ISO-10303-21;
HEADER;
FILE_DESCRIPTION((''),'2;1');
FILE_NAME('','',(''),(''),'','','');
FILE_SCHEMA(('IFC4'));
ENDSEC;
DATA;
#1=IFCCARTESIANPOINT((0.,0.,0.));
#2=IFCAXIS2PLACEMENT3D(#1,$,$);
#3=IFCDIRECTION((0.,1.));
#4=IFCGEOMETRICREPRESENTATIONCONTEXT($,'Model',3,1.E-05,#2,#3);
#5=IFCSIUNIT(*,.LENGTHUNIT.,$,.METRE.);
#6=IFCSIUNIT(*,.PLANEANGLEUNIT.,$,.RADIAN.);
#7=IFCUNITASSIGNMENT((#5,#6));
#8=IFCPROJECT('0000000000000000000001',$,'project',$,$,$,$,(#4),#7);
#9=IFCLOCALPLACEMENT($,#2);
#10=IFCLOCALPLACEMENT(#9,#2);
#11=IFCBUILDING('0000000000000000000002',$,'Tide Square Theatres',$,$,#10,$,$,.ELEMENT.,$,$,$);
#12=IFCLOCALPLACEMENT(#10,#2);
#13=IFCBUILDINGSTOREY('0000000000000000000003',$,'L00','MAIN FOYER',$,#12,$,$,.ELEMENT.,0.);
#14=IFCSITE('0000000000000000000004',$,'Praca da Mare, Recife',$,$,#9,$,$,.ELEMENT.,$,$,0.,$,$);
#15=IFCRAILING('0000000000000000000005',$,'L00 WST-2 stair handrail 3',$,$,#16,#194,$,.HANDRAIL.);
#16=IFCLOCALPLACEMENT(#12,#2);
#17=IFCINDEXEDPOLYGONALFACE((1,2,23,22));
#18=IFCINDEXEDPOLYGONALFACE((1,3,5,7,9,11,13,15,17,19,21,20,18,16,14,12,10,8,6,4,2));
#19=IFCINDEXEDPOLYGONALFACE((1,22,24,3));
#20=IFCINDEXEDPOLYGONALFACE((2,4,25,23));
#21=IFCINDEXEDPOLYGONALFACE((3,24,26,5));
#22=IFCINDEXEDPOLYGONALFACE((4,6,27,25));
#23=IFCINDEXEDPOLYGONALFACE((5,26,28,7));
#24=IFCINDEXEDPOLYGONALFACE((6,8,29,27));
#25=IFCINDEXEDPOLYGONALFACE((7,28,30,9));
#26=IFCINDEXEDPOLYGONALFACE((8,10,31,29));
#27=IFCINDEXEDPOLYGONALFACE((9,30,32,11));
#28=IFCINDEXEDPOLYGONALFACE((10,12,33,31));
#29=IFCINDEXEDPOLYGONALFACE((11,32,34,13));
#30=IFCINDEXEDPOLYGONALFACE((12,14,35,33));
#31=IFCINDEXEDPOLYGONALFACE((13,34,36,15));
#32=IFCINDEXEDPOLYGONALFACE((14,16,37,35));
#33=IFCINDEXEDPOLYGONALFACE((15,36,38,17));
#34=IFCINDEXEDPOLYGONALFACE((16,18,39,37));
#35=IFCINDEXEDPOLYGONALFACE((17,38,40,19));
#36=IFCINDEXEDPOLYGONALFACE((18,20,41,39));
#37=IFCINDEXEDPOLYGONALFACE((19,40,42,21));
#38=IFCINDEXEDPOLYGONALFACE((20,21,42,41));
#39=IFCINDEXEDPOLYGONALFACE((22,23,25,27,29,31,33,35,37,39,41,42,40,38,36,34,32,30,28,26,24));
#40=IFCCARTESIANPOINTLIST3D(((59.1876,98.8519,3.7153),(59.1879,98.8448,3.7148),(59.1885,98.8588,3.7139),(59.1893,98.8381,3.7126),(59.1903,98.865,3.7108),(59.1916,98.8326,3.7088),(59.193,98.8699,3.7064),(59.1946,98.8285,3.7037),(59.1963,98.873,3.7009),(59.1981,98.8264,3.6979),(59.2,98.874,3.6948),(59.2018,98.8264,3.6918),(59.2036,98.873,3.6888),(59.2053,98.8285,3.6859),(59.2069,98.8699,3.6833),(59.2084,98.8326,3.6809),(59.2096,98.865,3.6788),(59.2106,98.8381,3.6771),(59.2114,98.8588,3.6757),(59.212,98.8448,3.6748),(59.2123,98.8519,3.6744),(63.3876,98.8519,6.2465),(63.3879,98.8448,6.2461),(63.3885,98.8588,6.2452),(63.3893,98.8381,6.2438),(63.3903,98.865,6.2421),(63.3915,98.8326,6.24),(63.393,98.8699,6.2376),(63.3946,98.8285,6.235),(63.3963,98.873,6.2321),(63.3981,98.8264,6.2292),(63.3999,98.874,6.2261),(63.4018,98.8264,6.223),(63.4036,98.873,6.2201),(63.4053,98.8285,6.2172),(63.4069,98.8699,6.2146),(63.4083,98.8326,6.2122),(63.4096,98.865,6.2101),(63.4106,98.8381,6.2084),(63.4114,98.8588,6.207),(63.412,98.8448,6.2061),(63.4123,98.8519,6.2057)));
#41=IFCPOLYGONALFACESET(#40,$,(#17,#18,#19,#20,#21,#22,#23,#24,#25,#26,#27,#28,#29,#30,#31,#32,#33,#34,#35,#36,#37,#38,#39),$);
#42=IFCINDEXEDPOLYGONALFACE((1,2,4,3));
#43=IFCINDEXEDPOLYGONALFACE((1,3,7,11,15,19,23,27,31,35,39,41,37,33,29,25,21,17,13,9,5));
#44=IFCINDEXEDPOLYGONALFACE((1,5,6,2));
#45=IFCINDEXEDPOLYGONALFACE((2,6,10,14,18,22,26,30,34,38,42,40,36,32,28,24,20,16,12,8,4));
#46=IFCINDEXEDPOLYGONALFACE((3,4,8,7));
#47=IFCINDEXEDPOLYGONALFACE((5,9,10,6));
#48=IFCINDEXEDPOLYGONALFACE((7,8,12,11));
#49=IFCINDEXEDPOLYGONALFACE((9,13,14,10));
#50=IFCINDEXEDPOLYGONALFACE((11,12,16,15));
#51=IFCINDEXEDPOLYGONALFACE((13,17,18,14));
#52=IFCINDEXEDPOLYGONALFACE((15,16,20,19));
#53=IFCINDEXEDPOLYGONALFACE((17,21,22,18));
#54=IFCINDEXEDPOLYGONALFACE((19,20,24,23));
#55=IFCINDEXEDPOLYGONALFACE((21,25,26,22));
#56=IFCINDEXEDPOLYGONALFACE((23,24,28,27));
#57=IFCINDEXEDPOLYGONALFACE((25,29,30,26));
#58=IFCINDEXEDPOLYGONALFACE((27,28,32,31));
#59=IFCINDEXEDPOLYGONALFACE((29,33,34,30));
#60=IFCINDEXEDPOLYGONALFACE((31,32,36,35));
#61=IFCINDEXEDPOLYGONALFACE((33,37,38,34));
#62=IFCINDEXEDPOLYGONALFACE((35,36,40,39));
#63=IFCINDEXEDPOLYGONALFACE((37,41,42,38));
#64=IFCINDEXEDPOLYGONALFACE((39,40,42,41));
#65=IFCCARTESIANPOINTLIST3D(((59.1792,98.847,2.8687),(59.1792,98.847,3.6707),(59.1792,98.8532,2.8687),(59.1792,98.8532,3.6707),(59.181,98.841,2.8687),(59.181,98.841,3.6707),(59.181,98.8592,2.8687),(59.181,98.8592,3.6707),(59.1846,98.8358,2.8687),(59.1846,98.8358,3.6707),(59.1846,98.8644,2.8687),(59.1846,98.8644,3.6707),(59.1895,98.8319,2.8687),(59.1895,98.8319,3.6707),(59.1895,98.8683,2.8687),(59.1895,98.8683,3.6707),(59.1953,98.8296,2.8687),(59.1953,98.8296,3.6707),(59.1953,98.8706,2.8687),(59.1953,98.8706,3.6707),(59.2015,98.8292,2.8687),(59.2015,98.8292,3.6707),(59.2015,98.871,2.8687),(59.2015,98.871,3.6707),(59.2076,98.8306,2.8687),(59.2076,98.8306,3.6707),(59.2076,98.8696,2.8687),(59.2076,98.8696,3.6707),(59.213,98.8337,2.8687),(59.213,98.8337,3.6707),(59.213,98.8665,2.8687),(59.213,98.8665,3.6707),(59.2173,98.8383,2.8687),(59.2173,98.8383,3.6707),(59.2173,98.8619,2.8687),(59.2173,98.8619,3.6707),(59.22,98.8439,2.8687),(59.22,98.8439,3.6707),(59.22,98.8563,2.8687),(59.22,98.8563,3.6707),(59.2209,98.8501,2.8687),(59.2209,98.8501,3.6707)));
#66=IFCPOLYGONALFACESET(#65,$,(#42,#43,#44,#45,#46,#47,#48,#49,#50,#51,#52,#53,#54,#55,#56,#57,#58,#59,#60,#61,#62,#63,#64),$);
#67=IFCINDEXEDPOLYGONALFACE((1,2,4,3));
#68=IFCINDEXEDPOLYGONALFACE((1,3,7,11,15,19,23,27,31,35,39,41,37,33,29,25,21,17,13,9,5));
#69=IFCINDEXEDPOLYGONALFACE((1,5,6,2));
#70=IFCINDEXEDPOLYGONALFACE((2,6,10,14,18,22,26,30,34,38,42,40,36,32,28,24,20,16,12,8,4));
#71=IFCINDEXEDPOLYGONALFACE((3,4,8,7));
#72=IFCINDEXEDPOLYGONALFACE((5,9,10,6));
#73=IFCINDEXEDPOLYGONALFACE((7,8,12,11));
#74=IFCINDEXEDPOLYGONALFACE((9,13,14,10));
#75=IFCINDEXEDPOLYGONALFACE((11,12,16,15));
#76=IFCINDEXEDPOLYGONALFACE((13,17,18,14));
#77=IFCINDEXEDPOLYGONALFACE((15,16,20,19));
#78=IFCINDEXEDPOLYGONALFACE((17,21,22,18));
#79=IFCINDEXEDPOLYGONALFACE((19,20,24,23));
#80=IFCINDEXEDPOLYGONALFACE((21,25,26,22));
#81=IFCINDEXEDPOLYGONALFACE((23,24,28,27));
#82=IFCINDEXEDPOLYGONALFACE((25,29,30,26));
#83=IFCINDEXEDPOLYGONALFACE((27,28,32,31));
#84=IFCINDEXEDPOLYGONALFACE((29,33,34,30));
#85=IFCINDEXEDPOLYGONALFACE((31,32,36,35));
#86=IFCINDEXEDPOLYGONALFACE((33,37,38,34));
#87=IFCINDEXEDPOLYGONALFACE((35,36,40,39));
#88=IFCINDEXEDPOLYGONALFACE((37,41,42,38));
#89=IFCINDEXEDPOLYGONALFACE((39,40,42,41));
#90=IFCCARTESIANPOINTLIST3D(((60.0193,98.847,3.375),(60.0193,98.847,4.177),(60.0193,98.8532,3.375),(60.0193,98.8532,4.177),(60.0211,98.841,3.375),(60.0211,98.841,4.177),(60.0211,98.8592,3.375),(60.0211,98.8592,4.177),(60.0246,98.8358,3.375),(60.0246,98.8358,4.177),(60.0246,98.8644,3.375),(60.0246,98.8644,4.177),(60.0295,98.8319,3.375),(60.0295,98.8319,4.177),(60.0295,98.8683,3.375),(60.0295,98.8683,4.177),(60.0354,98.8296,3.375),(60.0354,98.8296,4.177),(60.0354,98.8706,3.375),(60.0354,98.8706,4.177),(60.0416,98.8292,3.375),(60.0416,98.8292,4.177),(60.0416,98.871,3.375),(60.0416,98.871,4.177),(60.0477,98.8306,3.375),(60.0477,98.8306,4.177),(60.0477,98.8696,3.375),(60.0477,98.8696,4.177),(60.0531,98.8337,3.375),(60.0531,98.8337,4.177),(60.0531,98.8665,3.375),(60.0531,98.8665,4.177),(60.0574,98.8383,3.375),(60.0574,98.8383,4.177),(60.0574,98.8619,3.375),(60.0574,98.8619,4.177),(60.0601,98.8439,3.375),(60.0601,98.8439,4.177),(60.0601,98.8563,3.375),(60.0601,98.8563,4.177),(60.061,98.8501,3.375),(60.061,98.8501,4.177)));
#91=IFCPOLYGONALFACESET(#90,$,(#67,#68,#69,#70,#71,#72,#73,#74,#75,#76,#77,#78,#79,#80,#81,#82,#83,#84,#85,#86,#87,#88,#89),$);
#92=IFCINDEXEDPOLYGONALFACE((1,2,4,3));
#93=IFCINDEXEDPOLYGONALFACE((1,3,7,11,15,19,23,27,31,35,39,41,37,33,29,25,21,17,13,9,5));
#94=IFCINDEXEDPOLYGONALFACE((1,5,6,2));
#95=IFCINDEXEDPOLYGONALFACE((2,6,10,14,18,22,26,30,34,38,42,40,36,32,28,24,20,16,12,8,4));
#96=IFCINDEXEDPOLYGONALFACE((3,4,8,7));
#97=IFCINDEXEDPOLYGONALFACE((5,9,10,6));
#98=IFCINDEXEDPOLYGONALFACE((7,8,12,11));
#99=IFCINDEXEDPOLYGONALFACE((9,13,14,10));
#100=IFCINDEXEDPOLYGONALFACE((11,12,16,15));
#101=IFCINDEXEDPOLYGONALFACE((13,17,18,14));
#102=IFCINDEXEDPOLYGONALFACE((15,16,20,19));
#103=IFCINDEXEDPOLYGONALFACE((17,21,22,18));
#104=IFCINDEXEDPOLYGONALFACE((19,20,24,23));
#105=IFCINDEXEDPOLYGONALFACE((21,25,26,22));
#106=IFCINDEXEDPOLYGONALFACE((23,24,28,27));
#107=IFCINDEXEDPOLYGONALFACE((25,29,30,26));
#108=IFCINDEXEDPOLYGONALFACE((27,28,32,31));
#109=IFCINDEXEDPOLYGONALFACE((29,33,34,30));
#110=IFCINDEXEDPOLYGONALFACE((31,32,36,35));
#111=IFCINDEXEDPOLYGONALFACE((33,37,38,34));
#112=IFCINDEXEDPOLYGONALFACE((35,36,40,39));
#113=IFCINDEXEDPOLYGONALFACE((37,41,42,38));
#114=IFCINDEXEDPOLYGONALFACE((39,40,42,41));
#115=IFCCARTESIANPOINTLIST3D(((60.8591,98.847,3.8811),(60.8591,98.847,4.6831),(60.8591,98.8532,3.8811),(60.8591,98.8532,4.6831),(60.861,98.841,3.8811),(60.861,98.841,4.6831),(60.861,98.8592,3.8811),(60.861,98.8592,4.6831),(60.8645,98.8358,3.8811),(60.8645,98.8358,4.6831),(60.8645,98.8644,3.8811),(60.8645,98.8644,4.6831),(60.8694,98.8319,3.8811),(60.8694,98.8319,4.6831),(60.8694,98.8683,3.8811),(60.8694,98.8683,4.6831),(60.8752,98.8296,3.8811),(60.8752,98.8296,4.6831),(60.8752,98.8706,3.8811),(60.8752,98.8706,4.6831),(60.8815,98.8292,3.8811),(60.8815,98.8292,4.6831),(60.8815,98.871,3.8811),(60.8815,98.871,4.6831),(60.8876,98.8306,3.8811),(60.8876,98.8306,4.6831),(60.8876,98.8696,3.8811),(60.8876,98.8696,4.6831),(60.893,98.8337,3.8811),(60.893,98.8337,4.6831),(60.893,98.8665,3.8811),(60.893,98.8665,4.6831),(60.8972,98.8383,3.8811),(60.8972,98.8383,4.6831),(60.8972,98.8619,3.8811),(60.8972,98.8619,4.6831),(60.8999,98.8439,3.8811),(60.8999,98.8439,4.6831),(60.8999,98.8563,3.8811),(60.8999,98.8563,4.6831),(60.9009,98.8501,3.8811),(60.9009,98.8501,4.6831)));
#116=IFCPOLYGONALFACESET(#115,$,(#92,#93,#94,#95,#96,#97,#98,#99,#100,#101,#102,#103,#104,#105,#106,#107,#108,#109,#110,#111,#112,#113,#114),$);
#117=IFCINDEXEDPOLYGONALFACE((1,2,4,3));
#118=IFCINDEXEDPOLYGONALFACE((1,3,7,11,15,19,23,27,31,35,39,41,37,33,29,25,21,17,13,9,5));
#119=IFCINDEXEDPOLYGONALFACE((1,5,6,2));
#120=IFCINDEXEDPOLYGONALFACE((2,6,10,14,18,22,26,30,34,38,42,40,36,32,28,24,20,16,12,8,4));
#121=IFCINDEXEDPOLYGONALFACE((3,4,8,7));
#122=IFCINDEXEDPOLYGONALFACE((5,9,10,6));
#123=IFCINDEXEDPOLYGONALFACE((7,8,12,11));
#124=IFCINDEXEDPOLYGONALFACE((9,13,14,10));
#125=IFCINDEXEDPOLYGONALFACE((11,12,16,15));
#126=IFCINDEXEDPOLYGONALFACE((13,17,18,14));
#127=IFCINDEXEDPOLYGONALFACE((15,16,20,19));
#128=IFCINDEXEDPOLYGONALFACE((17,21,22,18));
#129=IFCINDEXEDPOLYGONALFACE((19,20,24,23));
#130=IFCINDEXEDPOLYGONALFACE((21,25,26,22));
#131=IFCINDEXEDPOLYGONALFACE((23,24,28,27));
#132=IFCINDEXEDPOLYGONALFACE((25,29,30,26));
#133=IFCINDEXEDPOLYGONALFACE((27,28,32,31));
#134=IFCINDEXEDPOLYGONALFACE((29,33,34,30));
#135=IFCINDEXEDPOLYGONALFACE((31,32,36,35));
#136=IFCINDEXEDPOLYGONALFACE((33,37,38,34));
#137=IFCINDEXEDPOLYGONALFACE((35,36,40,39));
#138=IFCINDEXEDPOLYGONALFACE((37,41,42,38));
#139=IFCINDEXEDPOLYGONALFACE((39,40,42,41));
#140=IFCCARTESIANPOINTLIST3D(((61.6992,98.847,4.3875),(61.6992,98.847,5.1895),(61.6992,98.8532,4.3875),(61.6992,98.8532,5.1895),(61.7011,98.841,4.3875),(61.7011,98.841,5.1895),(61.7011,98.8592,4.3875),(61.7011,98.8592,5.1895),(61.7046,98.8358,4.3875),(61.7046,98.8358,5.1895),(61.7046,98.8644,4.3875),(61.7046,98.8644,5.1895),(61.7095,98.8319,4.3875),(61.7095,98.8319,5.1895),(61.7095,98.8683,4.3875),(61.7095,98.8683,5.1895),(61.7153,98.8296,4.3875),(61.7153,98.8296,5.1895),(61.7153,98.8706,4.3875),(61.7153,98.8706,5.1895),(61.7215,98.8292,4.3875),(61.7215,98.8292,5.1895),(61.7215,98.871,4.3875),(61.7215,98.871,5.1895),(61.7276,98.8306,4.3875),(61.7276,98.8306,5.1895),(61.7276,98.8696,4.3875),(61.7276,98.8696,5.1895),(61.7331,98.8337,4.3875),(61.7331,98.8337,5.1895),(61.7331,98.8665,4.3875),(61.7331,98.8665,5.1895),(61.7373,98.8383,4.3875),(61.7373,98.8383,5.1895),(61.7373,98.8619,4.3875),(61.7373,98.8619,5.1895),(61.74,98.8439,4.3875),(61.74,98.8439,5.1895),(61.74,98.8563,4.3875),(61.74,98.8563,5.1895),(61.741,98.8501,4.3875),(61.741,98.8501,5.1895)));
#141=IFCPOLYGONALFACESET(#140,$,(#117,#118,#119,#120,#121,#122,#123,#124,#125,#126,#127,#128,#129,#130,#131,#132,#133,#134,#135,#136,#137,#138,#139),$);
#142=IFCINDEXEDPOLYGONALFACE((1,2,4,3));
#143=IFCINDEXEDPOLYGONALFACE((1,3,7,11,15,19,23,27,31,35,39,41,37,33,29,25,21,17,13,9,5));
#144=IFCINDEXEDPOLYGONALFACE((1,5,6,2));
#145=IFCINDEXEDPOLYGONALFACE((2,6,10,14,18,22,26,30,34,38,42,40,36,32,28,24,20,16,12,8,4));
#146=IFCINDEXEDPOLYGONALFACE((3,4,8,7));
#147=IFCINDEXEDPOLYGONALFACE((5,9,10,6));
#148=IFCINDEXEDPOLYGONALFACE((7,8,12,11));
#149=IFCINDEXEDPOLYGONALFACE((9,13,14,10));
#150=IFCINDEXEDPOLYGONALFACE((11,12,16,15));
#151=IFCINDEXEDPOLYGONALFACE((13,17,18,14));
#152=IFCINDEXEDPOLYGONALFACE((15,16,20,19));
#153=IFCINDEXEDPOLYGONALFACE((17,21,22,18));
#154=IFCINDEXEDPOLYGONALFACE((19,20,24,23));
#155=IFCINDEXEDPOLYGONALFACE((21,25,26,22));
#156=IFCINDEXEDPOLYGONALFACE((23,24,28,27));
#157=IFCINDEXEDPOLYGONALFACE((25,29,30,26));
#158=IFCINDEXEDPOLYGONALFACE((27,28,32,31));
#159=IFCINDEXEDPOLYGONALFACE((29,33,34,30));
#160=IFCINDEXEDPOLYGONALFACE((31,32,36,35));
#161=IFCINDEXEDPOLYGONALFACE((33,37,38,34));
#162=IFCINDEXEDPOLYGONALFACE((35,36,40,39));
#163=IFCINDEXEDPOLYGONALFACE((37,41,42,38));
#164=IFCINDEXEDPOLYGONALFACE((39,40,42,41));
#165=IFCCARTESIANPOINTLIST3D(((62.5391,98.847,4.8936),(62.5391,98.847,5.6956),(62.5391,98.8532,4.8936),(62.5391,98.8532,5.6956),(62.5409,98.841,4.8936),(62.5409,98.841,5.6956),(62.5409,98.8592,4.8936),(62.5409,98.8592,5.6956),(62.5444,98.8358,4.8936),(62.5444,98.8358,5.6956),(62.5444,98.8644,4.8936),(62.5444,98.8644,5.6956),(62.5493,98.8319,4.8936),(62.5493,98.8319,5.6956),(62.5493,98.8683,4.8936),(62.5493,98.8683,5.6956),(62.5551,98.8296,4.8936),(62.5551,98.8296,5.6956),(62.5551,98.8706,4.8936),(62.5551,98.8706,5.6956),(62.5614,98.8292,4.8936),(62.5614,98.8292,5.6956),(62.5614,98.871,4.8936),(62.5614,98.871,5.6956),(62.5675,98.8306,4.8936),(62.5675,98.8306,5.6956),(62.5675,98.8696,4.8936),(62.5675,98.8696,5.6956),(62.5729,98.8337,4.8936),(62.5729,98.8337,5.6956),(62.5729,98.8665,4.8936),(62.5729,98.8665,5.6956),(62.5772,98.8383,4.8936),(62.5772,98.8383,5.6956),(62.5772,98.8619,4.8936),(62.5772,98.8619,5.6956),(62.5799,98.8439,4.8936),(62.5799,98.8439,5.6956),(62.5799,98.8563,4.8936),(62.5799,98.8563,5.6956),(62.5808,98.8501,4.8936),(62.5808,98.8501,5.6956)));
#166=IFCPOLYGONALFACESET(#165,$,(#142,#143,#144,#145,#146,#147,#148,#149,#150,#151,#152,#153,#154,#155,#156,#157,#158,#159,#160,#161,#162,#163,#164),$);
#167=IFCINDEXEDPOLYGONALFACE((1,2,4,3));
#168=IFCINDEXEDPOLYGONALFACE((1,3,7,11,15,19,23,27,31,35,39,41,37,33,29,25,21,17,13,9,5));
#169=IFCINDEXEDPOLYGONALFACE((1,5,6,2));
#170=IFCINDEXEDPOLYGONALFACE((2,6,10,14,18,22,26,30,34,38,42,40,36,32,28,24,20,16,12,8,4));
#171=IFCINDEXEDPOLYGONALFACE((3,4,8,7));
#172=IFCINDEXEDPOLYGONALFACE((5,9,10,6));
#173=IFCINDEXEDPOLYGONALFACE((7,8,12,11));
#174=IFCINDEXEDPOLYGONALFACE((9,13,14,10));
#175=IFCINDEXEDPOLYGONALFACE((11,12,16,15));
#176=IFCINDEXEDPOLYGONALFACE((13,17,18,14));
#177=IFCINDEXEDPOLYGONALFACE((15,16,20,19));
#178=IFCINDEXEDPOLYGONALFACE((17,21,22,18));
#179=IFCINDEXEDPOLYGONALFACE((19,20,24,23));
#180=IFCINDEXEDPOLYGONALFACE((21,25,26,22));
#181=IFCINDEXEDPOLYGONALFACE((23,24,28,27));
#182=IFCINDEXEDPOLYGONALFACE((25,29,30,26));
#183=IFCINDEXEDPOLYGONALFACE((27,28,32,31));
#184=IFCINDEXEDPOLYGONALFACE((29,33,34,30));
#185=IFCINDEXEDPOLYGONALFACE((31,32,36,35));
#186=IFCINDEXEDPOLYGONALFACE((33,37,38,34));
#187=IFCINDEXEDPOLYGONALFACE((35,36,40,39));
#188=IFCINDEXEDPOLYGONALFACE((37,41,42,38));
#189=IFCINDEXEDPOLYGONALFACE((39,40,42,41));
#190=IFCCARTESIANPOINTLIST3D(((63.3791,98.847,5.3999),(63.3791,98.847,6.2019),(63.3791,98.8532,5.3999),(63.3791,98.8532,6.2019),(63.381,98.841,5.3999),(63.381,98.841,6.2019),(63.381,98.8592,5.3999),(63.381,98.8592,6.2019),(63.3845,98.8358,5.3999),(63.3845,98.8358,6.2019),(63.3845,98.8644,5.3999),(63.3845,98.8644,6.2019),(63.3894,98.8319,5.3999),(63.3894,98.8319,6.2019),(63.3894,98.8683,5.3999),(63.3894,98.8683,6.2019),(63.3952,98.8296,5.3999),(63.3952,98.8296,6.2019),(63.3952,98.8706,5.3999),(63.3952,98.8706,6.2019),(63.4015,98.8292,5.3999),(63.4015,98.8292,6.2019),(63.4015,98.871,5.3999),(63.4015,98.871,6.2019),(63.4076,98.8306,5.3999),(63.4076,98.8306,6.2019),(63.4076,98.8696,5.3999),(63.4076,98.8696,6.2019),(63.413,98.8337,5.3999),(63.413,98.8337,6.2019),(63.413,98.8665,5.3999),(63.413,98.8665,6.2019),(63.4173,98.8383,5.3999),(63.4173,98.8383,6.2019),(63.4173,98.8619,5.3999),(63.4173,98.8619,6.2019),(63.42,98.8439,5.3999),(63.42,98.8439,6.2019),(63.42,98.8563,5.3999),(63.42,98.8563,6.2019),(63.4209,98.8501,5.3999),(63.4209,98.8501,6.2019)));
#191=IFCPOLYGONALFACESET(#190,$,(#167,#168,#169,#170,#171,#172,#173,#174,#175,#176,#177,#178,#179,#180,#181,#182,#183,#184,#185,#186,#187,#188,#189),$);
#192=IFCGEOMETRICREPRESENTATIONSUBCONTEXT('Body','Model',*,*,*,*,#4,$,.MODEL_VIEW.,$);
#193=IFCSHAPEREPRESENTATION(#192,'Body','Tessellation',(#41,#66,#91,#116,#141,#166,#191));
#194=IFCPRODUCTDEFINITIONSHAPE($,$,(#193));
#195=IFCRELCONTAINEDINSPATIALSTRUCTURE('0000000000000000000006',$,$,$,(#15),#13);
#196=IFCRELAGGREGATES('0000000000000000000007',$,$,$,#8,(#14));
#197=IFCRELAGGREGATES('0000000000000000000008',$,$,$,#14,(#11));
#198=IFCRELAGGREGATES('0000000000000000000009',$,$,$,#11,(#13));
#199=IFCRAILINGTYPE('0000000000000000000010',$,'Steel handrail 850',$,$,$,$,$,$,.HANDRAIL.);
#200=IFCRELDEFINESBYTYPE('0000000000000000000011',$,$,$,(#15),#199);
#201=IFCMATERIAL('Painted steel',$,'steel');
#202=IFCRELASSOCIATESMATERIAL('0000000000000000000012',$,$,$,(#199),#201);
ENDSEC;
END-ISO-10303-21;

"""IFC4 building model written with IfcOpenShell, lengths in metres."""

from ifc_helpers import new_model, si_unit, direction, frame, origin, origin_2d, place, context, subcontext, project, spatial, circle, extrude, material, type_object, element, save


model = new_model("IFC4")

# Units and contexts
model_context = context("Model", 3, precision=1e-05, world=origin(), true_north=direction((0.0, 1.0)))
body_context = subcontext(model_context, "Body", "Model", "MODEL_VIEW")
ifc_project = project(units=[si_unit("LENGTHUNIT", "METRE"), si_unit("PLANEANGLEUNIT", "RADIAN")], contexts=[model_context])

# Site, building, storey
site_placement = place(None, origin())
site = spatial("IfcSite", under=ifc_project, at=site_placement, Name="Praca da Mare, Recife", CompositionType="ELEMENT", RefElevation=0.0)
building_placement = place(site_placement, origin())
building = spatial("IfcBuilding", under=site, at=building_placement, Name="Tide Square Theatres", CompositionType="ELEMENT")
storey_placement = place(building_placement, origin())
storey = spatial("IfcBuildingStorey", under=building, at=storey_placement, Name="L00", Description="MAIN FOYER", CompositionType="ELEMENT", Elevation=0.0)

# Railing
ifc_material_1 = material(Name="Painted steel", Category="steel")
railing_type_1 = type_object("IfcRailingType", Name="Steel handrail 850", PredefinedType="HANDRAIL", material=ifc_material_1)
for number, where, name in (
    (1, (59.2, 98.8501, 2.8687), "L00 WST-2 stair handrail 3"),
):
    element("IfcRailing", number, at=place(storey_placement, frame(where)), inside=storey, type_object=railing_type_1, Name=name, PredefinedType="HANDRAIL", context=body_context, shape_type="SweptSolid", body=[
        extrude(circle(Radius=0.0239, at=origin_2d()), frame((0.0, 0.0, 0.8262), z_axis=(0.856476, 0.0, 0.516186), x_axis=(0.0, 1.0, 0.0)), (0.0, 0.0, 1.0), 4.9038),
        extrude(circle(Radius=0.021, at=origin_2d()), origin(), (0.0, 0.0, 1.0), 0.802),
        extrude(circle(Radius=0.021, at=origin_2d()), frame((0.8401, 0.0, 0.5063)), (0.0, 0.0, 1.0), 0.802),
        extrude(circle(Radius=0.021, at=origin_2d()), frame((1.6799, 0.0, 1.0125)), (0.0, 0.0, 1.0), 0.802),
        extrude(circle(Radius=0.021, at=origin_2d()), frame((2.52, 0.0, 1.5188)), (0.0, 0.0, 1.0), 0.802),
        extrude(circle(Radius=0.021, at=origin_2d()), frame((3.3599, 0.0, 2.0249)), (0.0, 0.0, 1.0), 0.802),
        extrude(circle(Radius=0.021, at=origin_2d()), frame((4.2, 0.0, 2.5312)), (0.0, 0.0, 1.0), 0.802),
    ])

save(model, "model.ifc")
